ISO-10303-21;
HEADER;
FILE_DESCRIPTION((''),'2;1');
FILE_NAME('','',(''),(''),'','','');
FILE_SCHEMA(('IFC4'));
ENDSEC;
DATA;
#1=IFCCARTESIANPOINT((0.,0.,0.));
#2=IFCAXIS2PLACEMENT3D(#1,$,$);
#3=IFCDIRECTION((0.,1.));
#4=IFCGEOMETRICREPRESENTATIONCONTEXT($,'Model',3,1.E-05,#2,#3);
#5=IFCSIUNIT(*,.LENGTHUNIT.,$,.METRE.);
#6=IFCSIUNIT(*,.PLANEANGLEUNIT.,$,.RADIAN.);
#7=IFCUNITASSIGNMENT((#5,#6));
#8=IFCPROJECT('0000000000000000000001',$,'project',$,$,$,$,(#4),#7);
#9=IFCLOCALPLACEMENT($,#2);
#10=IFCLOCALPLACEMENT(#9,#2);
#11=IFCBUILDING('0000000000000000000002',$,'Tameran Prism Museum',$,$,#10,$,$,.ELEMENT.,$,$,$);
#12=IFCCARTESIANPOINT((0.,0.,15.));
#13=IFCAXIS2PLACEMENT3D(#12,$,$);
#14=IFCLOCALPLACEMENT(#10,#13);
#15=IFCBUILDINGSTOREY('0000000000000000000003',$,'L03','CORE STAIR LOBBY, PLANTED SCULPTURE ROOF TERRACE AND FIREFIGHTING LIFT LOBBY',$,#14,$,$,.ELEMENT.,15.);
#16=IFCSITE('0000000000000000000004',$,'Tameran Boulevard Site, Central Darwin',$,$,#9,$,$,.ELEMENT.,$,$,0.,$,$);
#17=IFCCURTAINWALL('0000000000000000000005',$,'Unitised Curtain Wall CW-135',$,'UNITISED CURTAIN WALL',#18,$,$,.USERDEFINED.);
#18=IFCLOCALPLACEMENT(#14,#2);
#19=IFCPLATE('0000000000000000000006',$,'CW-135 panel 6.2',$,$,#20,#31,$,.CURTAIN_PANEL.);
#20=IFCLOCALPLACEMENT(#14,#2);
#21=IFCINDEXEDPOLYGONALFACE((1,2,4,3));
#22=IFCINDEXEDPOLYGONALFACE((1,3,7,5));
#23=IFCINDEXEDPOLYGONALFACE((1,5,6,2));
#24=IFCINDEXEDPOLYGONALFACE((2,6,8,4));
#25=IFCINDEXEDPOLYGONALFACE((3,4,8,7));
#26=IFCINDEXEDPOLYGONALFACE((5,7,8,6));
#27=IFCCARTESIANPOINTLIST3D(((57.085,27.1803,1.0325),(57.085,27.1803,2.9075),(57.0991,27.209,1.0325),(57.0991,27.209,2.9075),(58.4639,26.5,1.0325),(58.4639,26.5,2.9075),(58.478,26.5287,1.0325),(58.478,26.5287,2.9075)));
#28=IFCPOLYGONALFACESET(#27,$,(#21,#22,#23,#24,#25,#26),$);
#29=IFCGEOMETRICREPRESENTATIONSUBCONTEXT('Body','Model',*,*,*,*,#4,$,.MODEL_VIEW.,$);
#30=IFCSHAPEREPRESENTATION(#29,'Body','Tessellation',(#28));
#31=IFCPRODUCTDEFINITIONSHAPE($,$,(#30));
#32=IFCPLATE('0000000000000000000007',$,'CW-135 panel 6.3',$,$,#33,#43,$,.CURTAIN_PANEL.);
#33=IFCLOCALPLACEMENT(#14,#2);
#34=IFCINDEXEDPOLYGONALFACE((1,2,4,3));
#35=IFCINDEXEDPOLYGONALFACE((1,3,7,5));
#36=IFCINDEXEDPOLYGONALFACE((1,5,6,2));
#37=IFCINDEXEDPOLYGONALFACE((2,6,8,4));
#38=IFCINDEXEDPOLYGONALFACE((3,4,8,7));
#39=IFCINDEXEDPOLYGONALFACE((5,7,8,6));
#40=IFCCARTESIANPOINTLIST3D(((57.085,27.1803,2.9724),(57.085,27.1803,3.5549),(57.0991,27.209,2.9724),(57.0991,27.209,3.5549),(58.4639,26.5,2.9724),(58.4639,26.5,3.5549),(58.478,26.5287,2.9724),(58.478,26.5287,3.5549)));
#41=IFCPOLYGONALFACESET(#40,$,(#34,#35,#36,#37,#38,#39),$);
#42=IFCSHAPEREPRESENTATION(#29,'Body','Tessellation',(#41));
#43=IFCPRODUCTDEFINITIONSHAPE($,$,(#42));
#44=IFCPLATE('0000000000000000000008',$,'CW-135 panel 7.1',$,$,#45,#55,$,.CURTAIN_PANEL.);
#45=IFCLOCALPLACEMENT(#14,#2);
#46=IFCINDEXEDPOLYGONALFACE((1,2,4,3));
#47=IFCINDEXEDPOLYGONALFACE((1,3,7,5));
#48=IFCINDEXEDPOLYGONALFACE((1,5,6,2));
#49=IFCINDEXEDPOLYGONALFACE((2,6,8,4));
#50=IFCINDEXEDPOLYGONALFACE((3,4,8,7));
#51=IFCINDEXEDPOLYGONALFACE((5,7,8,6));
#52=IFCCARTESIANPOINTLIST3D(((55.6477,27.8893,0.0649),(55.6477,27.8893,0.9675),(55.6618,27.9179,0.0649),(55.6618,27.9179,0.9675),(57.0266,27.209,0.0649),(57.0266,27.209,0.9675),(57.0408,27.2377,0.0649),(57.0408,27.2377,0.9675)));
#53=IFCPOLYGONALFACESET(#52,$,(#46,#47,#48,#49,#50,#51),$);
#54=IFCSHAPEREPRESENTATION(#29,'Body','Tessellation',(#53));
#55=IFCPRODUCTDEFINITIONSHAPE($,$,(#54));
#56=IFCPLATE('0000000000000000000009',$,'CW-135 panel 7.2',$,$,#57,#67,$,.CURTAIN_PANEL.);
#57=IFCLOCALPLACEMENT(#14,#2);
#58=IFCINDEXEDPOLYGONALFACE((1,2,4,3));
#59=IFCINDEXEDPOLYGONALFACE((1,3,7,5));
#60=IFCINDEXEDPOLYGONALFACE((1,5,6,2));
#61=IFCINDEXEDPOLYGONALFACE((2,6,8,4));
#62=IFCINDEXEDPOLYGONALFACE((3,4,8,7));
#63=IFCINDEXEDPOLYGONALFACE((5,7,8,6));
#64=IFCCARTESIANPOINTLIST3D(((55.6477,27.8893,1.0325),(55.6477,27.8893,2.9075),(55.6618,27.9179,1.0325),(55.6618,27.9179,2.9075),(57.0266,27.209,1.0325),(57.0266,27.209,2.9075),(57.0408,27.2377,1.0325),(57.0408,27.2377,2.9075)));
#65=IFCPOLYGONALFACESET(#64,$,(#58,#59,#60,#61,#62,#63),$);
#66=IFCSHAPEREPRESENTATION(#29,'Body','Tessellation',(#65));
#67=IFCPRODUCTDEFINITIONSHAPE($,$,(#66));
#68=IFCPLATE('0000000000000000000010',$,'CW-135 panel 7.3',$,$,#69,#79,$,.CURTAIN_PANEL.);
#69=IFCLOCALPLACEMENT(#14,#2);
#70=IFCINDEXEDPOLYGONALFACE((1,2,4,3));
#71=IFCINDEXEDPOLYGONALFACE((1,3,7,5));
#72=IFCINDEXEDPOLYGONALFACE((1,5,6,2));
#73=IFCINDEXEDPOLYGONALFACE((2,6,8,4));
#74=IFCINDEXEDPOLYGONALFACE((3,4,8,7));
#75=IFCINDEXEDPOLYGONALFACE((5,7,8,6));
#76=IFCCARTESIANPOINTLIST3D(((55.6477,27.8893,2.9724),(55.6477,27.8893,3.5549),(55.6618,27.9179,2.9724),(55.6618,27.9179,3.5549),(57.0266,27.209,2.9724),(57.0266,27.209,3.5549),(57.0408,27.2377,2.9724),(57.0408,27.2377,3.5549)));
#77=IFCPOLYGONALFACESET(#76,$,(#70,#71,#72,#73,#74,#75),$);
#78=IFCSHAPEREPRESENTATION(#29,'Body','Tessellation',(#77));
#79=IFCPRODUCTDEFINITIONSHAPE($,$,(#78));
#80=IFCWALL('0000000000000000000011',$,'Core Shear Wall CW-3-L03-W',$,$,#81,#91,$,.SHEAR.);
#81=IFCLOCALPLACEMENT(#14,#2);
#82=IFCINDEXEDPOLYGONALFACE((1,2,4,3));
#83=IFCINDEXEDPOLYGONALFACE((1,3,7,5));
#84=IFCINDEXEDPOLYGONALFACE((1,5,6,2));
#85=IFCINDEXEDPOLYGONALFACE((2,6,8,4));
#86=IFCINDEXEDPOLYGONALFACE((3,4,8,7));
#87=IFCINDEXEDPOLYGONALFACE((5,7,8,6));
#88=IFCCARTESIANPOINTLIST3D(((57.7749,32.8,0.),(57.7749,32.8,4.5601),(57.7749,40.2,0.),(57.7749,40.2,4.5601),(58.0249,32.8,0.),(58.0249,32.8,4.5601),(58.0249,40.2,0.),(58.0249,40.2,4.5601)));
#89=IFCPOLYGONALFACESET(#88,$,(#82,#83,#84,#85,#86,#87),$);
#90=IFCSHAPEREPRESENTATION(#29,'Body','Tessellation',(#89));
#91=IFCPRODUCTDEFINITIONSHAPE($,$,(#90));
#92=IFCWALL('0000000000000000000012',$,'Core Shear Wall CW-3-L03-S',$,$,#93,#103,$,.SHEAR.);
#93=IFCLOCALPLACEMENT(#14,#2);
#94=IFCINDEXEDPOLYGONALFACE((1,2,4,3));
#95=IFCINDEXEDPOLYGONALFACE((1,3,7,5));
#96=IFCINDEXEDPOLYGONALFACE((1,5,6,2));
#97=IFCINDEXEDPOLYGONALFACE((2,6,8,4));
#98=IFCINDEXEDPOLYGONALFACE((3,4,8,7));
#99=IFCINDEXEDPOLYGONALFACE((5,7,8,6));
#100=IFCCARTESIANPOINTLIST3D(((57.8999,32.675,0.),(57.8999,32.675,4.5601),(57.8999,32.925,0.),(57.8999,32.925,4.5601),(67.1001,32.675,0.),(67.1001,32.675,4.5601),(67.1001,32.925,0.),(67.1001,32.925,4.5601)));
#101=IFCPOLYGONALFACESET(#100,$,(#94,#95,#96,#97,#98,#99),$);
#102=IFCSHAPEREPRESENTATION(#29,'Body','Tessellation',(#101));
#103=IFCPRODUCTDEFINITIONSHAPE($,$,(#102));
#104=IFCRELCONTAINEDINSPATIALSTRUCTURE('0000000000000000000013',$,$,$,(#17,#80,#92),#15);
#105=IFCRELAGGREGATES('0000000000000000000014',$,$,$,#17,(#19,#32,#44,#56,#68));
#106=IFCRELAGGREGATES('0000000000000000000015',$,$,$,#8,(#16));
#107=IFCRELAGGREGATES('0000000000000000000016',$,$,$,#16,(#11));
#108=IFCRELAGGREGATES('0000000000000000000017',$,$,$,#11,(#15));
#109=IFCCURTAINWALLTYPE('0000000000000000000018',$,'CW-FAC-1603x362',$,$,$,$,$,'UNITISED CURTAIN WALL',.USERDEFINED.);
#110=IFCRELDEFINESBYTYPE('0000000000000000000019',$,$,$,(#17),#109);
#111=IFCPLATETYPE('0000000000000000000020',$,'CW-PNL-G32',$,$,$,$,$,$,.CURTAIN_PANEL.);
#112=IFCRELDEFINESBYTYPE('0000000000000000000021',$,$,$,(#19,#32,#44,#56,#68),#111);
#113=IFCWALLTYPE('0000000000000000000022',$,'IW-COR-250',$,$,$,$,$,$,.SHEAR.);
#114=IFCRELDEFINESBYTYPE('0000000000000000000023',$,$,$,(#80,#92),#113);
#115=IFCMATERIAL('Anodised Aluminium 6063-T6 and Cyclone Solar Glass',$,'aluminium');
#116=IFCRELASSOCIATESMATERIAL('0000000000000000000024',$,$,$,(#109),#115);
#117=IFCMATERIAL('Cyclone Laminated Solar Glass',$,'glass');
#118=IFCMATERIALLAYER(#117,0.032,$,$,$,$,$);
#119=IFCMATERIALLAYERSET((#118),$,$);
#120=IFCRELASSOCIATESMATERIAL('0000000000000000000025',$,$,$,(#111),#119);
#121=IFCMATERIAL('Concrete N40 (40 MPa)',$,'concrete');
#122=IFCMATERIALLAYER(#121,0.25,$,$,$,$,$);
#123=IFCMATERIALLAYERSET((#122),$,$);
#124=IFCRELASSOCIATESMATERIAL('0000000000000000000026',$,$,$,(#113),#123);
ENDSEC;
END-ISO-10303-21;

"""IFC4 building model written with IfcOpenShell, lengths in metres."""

from ifc_helpers import new_model, si_unit, direction, frame, frame_2d, origin, origin_2d, place, context, subcontext, project, spatial, rectangle, extrude, material, layer, layer_set, type_object, element, aggregate, save


model = new_model("IFC4")

# Units and contexts
model_context = context("Model", 3, precision=1e-05, world=origin(), true_north=direction((0.0, 1.0)))
body_context = subcontext(model_context, "Body", "Model", "MODEL_VIEW")
ifc_project = project(units=[si_unit("LENGTHUNIT", "METRE"), si_unit("PLANEANGLEUNIT", "RADIAN")], contexts=[model_context])

# Site, building, storey
site_placement = place(None, origin())
site = spatial("IfcSite", under=ifc_project, at=site_placement, Name="Tameran Boulevard Site, Central Darwin", CompositionType="ELEMENT", RefElevation=0.0)
building_placement = place(site_placement, origin())
building = spatial("IfcBuilding", under=site, at=building_placement, Name="Tameran Prism Museum", CompositionType="ELEMENT")
storey_placement = place(building_placement, frame((0.0, 0.0, 15.0)))
storey = spatial("IfcBuildingStorey", under=building, at=storey_placement, Name="L03", Description="CORE STAIR LOBBY, PLANTED SCULPTURE ROOF TERRACE AND FIREFIGHTING LIFT LOBBY", CompositionType="ELEMENT", Elevation=15.0)

# Curtain wall, plates
ifc_material_1 = material(Name="Anodised Aluminium 6063-T6 and Cyclone Solar Glass", Category="aluminium")
curtain_wall_type = type_object("IfcCurtainWallType", Name="CW-FAC-1603x362", ElementType="UNITISED CURTAIN WALL", PredefinedType="USERDEFINED", material=ifc_material_1)
curtain_wall_placement = place(storey_placement, origin())
curtain_wall = element("IfcCurtainWall", 1, at=curtain_wall_placement, inside=storey, type_object=curtain_wall_type, Name="Unitised Curtain Wall CW-135", ObjectType="UNITISED CURTAIN WALL", PredefinedType="USERDEFINED")
ifc_material_2 = material(Name="Cyclone Laminated Solar Glass", Category="glass")
ifc_layer_1 = layer(ifc_material_2, 0.032)
ifc_layer_set_1 = layer_set([ifc_layer_1])
plate_type = type_object("IfcPlateType", Name="CW-PNL-G32", PredefinedType="CURTAIN_PANEL", material=ifc_layer_set_1)
plate_1_placement = place(storey_placement, frame((57.7815, 26.8545, 1.0325), z_axis=(0.0, 0.0, 1.0), x_axis=(-0.896811, 0.442415, 0.0)))
plate_1 = element("IfcPlate", 2, at=plate_1_placement, type_object=plate_type, Name="CW-135 panel 6.2", PredefinedType="CURTAIN_PANEL", context=body_context, shape_type="SweptSolid", body=[
    extrude(rectangle(XDim=1.5376, YDim=0.032, at=origin_2d()), origin(), (0.0, 0.0, 1.0), 1.875),
])
plate_2_placement = place(storey_placement, frame((57.7815, 26.8545, 2.9724), z_axis=(0.0, 0.0, 1.0), x_axis=(-0.896811, 0.442415, 0.0)))
plate_2 = element("IfcPlate", 3, at=plate_2_placement, type_object=plate_type, Name="CW-135 panel 6.3", PredefinedType="CURTAIN_PANEL", context=body_context, shape_type="SweptSolid", body=[
    extrude(rectangle(XDim=1.5376, YDim=0.032, at=origin_2d()), origin(), (0.0, 0.0, 1.0), 0.5825),
])
plate_3_placement = place(storey_placement, frame((56.3442, 27.5635, 0.0649), z_axis=(0.0, 0.0, 1.0), x_axis=(-0.896811, 0.442415, 0.0)))
plate_3 = element("IfcPlate", 4, at=plate_3_placement, type_object=plate_type, Name="CW-135 panel 7.1", PredefinedType="CURTAIN_PANEL", context=body_context, shape_type="SweptSolid", body=[
    extrude(rectangle(XDim=1.5376, YDim=0.032, at=origin_2d()), origin(), (0.0, 0.0, 1.0), 0.9026),
])
plate_4_placement = place(storey_placement, frame((56.3442, 27.5635, 1.0325), z_axis=(0.0, 0.0, 1.0), x_axis=(-0.896811, 0.442415, 0.0)))
plate_4 = element("IfcPlate", 5, at=plate_4_placement, type_object=plate_type, Name="CW-135 panel 7.2", PredefinedType="CURTAIN_PANEL", context=body_context, shape_type="SweptSolid", body=[
    extrude(rectangle(XDim=1.5376, YDim=0.032, at=origin_2d()), origin(), (0.0, 0.0, 1.0), 1.875),
])
plate_5_placement = place(storey_placement, frame((56.3442, 27.5635, 2.9724), z_axis=(0.0, 0.0, 1.0), x_axis=(-0.896811, 0.442415, 0.0)))
plate_5 = element("IfcPlate", 6, at=plate_5_placement, type_object=plate_type, Name="CW-135 panel 7.3", PredefinedType="CURTAIN_PANEL", context=body_context, shape_type="SweptSolid", body=[
    extrude(rectangle(XDim=1.5376, YDim=0.032, at=origin_2d()), origin(), (0.0, 0.0, 1.0), 0.5825),
])
aggregate(curtain_wall, [plate_1, plate_2, plate_3, plate_4, plate_5])

# Walls
ifc_material_3 = material(Name="Concrete N40 (40 MPa)", Category="concrete")
ifc_layer_2 = layer(ifc_material_3, 0.25)
ifc_layer_set_2 = layer_set([ifc_layer_2])
wall_type = type_object("IfcWallType", Name="IW-COR-250", PredefinedType="SHEAR", material=ifc_layer_set_2)
wall_1_placement = place(storey_placement, frame((57.8999, 32.8, 0.0), z_axis=(0.0, 0.0, 1.0), x_axis=(0.0, 1.0, 0.0)))
element("IfcWall", 7, at=wall_1_placement, inside=storey, type_object=wall_type, Name="Core Shear Wall CW-3-L03-W", PredefinedType="SHEAR", context=body_context, shape_type="SweptSolid", body=[
    extrude(rectangle(XDim=7.3999, YDim=0.25, at=frame_2d((3.7, 0.0))), origin(), (0.0, 0.0, 1.0), 4.5601),
])
wall_2_placement = place(storey_placement, frame((67.1001, 32.8, 0.0), z_axis=(0.0, 0.0, 1.0), x_axis=(-1.0, 0.0, 0.0)))
element("IfcWall", 8, at=wall_2_placement, inside=storey, type_object=wall_type, Name="Core Shear Wall CW-3-L03-S", PredefinedType="SHEAR", context=body_context, shape_type="SweptSolid", body=[
    extrude(rectangle(XDim=9.2002, YDim=0.25, at=frame_2d((4.6001, 0.0))), origin(), (0.0, 0.0, 1.0), 4.5601),
])

save(model, "model.ifc")
